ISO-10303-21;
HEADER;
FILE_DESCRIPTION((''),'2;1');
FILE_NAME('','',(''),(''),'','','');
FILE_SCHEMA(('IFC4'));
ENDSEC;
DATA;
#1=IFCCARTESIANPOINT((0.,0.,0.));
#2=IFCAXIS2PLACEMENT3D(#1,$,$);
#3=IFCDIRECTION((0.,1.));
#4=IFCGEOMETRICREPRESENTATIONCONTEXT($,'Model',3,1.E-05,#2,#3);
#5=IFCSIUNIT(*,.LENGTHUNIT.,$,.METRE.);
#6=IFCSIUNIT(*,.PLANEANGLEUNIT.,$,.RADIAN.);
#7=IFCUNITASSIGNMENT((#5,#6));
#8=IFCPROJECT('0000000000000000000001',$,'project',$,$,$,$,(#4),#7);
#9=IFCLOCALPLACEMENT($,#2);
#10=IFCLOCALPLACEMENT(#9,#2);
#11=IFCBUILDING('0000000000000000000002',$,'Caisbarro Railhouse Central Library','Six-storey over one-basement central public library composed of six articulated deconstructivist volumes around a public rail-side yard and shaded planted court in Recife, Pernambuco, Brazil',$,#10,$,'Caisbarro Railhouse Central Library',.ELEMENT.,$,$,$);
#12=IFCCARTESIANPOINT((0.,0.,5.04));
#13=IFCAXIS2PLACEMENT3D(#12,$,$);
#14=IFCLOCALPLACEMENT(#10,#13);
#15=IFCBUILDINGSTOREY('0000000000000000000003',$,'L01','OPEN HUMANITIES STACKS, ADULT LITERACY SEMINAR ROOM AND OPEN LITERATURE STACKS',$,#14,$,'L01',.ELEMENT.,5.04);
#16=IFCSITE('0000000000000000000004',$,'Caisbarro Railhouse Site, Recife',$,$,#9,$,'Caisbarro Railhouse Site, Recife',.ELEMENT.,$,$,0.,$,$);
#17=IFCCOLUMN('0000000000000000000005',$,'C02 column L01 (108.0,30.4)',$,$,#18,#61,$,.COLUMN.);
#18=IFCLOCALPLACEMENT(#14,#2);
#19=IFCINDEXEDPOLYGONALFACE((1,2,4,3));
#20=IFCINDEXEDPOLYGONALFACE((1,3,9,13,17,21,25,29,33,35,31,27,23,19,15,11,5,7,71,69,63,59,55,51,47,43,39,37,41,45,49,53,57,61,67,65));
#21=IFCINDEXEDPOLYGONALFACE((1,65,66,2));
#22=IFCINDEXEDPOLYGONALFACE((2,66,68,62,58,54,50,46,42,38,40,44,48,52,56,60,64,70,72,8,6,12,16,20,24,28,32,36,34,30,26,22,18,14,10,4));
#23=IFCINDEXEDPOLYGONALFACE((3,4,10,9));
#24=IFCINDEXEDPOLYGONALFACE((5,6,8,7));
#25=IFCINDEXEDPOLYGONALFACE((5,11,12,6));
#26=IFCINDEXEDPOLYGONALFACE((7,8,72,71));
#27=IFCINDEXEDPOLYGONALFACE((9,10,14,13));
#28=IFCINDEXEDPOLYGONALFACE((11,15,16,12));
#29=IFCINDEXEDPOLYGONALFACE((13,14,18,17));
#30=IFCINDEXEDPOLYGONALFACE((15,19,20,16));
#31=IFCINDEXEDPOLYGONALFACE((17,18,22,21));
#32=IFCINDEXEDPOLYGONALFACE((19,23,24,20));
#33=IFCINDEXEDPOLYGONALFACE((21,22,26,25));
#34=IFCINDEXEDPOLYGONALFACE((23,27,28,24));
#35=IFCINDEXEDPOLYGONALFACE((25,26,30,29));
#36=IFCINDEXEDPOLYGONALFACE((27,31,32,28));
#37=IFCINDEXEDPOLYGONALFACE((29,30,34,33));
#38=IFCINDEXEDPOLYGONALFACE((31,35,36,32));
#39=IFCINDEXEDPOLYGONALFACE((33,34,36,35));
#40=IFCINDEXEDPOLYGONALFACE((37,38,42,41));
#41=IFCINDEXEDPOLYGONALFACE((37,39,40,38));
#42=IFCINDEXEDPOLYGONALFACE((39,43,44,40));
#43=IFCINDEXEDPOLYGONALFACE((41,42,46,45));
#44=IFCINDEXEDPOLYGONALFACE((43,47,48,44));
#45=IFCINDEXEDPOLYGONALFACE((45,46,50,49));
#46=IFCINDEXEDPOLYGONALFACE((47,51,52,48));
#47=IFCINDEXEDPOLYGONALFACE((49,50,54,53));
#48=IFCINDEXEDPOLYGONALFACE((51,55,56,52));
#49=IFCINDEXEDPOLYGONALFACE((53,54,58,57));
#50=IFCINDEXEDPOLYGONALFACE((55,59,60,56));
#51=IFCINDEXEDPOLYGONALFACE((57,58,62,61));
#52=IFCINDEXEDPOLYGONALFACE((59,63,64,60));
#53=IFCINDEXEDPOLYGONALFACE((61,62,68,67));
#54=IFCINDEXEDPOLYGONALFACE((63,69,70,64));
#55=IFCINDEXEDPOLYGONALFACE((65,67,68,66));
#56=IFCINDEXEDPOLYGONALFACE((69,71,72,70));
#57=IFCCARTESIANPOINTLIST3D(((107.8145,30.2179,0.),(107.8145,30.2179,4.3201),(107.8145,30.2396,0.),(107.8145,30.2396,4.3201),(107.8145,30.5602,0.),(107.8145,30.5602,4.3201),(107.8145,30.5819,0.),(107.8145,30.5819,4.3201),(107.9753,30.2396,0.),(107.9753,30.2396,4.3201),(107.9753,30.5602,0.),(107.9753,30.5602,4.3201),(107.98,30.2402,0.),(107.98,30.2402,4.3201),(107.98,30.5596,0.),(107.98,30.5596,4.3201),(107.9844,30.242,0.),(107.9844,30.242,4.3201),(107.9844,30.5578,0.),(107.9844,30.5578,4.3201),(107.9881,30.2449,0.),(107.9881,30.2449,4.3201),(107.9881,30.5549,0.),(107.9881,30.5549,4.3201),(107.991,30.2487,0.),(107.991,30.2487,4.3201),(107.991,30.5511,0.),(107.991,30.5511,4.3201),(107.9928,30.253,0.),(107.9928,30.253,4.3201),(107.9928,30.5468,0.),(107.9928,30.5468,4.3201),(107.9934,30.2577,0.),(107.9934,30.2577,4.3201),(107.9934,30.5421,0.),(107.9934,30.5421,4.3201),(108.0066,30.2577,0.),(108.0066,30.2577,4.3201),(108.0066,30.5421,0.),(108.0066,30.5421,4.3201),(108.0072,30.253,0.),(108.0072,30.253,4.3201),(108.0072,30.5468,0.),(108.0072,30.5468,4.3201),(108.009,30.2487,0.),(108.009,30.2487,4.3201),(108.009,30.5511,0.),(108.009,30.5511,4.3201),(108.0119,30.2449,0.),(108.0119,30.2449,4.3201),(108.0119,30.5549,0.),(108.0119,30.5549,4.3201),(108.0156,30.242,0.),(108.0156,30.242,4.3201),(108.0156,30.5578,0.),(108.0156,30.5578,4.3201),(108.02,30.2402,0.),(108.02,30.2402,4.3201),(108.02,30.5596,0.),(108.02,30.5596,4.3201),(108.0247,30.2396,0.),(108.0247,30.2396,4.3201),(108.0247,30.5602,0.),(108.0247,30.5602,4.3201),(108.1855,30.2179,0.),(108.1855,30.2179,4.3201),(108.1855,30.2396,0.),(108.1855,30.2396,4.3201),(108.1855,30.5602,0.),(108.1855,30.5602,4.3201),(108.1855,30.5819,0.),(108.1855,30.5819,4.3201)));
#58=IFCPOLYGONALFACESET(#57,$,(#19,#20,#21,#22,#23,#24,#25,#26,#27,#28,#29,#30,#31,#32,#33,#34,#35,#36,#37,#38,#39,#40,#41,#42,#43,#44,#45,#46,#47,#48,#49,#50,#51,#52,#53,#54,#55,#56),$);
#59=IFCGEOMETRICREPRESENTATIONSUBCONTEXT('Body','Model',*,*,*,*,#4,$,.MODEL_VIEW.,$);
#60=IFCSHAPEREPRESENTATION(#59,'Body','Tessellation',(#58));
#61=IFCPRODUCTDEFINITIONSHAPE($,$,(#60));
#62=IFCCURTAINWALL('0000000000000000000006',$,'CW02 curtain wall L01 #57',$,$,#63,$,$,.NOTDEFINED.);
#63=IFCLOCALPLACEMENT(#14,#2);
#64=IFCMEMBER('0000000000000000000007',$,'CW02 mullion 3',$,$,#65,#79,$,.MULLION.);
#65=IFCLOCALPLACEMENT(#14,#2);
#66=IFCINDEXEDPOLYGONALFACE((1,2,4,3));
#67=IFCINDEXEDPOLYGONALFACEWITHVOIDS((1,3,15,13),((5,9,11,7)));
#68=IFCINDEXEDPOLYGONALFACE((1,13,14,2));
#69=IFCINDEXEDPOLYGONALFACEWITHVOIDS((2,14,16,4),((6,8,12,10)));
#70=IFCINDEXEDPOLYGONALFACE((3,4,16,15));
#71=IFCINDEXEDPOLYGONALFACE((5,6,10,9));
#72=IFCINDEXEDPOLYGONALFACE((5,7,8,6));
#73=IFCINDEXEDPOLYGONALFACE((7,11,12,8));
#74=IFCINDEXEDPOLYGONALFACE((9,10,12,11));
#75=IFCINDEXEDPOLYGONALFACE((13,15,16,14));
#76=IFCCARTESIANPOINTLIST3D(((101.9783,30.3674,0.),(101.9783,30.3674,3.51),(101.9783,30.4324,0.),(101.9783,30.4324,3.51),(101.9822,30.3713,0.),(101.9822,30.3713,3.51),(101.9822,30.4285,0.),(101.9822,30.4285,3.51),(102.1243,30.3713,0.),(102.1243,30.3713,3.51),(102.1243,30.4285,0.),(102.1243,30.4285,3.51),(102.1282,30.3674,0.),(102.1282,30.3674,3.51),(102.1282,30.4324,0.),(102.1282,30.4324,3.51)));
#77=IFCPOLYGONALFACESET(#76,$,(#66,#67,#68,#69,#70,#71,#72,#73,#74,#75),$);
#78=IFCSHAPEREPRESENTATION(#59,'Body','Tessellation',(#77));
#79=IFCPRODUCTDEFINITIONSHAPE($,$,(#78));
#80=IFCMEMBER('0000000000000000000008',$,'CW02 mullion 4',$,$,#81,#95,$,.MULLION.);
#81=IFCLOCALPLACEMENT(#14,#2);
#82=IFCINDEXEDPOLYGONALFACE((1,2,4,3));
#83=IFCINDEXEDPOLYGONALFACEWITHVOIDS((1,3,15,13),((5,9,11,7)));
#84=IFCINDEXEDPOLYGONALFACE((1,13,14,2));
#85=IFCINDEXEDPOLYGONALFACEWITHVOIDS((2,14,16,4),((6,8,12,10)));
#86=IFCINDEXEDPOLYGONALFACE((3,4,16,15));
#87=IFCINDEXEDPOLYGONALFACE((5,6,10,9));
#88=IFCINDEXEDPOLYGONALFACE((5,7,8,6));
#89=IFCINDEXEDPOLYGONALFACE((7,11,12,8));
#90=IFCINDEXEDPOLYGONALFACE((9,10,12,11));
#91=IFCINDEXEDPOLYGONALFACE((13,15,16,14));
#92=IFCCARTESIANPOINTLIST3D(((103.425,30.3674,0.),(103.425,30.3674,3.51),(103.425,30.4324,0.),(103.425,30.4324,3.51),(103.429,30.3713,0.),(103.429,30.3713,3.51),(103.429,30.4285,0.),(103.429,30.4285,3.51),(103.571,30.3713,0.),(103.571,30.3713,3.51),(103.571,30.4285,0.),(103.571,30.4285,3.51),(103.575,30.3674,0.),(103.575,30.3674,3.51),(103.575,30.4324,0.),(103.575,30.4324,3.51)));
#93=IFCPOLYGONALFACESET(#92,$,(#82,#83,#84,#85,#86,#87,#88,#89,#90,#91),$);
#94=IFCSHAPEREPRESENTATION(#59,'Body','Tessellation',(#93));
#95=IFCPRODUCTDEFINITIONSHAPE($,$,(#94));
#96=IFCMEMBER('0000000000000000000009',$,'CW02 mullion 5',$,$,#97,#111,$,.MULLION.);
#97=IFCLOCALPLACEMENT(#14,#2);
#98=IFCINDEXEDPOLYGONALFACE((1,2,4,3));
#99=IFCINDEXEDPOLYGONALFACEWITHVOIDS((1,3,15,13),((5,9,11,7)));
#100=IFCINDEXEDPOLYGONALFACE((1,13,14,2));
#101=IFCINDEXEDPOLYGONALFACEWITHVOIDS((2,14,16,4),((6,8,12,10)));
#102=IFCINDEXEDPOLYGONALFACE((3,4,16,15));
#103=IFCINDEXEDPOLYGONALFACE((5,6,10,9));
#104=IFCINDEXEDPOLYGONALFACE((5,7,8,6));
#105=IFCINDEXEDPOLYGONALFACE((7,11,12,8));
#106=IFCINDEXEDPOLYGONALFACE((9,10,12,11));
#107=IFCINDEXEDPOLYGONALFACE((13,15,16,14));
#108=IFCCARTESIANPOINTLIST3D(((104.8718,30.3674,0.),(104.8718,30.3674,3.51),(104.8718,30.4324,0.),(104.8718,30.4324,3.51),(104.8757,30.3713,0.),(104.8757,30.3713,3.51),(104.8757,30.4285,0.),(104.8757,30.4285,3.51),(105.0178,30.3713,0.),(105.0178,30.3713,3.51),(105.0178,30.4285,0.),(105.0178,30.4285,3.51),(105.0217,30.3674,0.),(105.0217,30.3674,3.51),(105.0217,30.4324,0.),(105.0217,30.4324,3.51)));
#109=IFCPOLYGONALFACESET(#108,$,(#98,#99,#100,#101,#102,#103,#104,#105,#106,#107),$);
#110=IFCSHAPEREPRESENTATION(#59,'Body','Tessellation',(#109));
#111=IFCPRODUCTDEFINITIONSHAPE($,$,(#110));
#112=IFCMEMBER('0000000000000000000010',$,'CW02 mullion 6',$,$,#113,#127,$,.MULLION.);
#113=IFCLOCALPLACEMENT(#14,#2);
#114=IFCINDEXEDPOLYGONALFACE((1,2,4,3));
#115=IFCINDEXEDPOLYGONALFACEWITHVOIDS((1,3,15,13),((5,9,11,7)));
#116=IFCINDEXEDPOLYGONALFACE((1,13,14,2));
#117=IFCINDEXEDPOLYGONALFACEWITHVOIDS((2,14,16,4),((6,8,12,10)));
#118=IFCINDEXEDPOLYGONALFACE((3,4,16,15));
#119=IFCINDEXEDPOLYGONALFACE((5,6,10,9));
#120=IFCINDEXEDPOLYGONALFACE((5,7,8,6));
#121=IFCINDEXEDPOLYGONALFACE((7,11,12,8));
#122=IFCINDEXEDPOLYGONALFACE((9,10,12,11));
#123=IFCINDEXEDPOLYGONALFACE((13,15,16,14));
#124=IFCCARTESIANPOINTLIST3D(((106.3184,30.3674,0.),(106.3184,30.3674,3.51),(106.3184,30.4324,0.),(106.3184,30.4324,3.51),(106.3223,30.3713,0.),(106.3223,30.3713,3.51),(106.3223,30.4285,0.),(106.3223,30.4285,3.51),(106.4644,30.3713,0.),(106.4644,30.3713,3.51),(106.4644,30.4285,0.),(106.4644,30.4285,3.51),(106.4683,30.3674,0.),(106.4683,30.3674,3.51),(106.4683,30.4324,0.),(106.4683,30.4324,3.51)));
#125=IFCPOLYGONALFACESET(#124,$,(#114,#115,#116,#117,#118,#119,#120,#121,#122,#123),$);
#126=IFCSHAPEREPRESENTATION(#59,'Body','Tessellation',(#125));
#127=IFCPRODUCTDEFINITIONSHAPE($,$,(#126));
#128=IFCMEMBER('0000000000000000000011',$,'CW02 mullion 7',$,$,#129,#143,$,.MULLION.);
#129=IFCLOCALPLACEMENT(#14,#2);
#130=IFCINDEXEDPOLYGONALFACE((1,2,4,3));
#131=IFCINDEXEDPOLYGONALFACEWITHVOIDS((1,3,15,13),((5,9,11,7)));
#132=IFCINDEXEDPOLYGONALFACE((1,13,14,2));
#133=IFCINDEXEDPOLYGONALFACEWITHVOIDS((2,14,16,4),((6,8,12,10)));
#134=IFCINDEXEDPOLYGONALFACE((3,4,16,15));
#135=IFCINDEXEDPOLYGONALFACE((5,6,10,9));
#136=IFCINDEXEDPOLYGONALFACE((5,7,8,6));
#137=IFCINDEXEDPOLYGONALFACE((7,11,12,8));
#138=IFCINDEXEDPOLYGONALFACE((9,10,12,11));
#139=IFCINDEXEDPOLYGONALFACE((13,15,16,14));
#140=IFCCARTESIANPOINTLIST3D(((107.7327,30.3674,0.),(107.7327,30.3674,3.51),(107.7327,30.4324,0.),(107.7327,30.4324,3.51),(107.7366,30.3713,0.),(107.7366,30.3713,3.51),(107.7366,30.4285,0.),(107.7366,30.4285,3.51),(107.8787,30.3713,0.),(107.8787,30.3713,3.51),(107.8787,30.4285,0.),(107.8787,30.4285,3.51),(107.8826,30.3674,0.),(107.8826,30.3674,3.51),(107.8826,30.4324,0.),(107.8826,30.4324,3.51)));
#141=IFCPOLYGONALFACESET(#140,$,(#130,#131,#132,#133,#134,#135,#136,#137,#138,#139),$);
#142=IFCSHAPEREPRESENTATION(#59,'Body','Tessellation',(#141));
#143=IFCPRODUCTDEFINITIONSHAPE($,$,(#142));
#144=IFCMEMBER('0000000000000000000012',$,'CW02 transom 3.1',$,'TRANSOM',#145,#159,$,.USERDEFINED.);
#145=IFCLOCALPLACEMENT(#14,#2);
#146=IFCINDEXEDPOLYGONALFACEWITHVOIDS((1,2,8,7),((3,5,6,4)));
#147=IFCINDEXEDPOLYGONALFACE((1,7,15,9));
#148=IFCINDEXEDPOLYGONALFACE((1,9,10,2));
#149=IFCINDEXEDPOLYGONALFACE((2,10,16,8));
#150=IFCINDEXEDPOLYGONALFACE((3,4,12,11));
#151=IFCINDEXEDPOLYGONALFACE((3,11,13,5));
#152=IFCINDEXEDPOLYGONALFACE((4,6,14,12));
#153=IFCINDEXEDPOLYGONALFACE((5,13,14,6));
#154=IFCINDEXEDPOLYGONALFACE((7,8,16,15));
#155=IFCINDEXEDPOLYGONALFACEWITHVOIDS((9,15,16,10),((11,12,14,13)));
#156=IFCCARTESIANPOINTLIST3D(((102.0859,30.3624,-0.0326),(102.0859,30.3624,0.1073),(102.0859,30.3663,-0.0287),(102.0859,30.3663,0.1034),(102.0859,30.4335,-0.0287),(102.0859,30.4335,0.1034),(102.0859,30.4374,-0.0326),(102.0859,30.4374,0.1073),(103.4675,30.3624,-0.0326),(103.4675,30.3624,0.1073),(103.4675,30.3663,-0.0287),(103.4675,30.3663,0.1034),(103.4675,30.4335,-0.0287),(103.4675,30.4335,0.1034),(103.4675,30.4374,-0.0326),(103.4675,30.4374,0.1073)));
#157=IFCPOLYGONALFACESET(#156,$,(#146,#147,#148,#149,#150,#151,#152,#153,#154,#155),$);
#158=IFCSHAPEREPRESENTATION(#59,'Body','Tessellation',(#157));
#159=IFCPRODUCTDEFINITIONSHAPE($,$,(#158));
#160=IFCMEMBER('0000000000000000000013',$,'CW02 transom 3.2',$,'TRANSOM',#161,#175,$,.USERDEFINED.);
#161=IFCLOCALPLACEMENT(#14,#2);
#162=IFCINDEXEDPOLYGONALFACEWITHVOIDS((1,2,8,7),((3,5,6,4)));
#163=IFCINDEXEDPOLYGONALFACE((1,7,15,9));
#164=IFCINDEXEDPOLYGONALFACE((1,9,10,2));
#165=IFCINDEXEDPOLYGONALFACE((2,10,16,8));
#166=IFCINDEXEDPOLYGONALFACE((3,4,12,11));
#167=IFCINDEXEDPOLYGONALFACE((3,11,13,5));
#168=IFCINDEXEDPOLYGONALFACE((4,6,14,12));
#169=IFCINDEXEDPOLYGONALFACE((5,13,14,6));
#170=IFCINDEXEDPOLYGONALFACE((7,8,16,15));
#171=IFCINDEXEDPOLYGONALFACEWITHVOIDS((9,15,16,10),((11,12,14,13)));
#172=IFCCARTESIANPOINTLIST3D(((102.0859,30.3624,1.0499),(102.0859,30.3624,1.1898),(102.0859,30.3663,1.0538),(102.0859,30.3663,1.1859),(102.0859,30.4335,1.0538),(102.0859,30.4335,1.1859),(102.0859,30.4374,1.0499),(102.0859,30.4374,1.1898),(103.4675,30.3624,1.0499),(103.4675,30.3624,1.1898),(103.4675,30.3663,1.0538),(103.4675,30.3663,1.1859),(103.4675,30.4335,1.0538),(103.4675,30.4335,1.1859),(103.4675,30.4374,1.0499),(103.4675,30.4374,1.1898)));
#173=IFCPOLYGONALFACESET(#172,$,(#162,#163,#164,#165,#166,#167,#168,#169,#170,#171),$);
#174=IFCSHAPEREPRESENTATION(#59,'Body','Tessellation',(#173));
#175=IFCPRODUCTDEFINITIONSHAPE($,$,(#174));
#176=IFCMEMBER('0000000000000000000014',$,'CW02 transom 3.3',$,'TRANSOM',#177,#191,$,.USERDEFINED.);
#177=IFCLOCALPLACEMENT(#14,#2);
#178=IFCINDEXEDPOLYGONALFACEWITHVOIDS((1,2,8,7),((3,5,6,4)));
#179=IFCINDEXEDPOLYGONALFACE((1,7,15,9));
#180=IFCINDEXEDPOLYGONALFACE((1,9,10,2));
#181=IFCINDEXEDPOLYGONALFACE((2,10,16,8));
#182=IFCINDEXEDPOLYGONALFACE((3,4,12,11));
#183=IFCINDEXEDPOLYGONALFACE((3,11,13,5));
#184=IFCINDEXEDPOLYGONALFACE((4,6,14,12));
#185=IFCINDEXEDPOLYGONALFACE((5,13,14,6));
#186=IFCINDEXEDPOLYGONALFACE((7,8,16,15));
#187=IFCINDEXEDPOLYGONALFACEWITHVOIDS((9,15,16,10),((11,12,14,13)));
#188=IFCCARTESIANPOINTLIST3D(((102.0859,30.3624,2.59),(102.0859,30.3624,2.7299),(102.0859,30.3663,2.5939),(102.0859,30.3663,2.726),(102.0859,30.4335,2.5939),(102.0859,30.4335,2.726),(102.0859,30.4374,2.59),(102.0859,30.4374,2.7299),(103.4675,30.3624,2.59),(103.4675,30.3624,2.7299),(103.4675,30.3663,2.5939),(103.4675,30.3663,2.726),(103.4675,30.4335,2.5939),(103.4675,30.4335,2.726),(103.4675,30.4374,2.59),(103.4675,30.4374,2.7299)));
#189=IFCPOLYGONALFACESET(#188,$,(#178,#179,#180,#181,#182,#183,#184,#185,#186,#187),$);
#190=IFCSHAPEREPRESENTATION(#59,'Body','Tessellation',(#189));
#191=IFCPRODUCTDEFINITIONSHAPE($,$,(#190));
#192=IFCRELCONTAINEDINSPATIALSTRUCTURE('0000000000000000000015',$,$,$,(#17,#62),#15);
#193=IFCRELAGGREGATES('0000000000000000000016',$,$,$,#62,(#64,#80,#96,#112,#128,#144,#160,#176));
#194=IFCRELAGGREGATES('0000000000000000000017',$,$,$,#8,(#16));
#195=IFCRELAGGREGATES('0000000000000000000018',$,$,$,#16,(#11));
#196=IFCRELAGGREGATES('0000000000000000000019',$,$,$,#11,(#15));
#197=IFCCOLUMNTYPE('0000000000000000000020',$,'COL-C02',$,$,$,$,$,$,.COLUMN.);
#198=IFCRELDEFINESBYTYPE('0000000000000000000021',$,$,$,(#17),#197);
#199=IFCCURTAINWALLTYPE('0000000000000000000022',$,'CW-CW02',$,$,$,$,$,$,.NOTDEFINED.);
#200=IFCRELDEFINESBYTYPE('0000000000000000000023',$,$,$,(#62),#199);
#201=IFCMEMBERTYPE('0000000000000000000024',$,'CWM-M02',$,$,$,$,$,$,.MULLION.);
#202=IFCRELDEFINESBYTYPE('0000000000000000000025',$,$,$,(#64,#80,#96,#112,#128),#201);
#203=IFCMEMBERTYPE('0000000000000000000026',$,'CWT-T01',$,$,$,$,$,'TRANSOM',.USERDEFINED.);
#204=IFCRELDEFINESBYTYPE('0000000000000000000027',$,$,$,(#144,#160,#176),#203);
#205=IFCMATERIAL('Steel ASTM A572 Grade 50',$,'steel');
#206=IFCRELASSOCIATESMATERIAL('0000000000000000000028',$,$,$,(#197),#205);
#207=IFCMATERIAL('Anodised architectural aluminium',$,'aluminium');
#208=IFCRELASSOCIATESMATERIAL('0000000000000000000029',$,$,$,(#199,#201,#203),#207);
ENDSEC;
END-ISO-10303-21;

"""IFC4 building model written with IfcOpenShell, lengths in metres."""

from ifc_helpers import new_model, si_unit, direction, frame, origin, origin_2d, place, context, subcontext, project, spatial, hollow_rectangle, i_section, extrude, material, material_profile, profile_set, type_object, element, aggregate, save


model = new_model("IFC4")

# Units and contexts
model_context = context("Model", 3, precision=1e-05, world=origin(), true_north=direction((0.0, 1.0)))
body_context = subcontext(model_context, "Body", "Model", "MODEL_VIEW")
ifc_project = project(units=[si_unit("LENGTHUNIT", "METRE"), si_unit("PLANEANGLEUNIT", "RADIAN")], contexts=[model_context])

# Site, building, storey
site_placement = place(None, origin())
site = spatial("IfcSite", under=ifc_project, at=site_placement, Name="Caisbarro Railhouse Site, Recife", LongName="Caisbarro Railhouse Site, Recife", CompositionType="ELEMENT", RefElevation=0.0)
building_placement = place(site_placement, origin())
building = spatial("IfcBuilding", under=site, at=building_placement, Name="Caisbarro Railhouse Central Library", Description="Six-storey over one-basement central public library composed of six articulated deconstructivist volumes around a public rail-side yard and shaded planted court in Recife, Pernambuco, Brazil", LongName="Caisbarro Railhouse Central Library", CompositionType="ELEMENT")
storey_placement = place(building_placement, frame((0.0, 0.0, 5.04)))
storey = spatial("IfcBuildingStorey", under=building, at=storey_placement, Name="L01", Description="OPEN HUMANITIES STACKS, ADULT LITERACY SEMINAR ROOM AND OPEN LITERATURE STACKS", LongName="L01", CompositionType="ELEMENT", Elevation=5.04)

# Column
ifc_material_1 = material(Name="Steel ASTM A572 Grade 50", Category="steel")
ifc_material_profile_1 = material_profile(ifc_material_1, i_section(OverallWidth=0.3711, OverallDepth=0.364, WebThickness=0.0132, FlangeThickness=0.0217, FilletRadius=0.0181, at=origin_2d()), Name="W360X162.0")
ifc_profile_set_1 = profile_set([ifc_material_profile_1], Name="Steel ASTM A572 Grade 50")
column_type = type_object("IfcColumnType", Name="COL-C02", PredefinedType="COLUMN", material=ifc_profile_set_1)
column_placement = place(storey_placement, frame((108.0, 30.3999, 0.0), z_axis=(0.0, 0.0, 1.0), x_axis=(1.0, 0.0, 0.0)))
element("IfcColumn", 1, at=column_placement, inside=storey, type_object=column_type, Name="C02 column L01 (108.0,30.4)", PredefinedType="COLUMN", context=body_context, shape_type="SweptSolid", body=[
    extrude(i_section(OverallWidth=0.3711, OverallDepth=0.364, WebThickness=0.0132, FlangeThickness=0.0217, FilletRadius=0.0181, at=origin_2d()), origin(), (0.0, 0.0, 1.0), 4.3201),
])

# Curtain wall, members
ifc_material_2 = material(Name="Anodised architectural aluminium", Category="aluminium")
curtain_wall_type = type_object("IfcCurtainWallType", Name="CW-CW02", PredefinedType="NOTDEFINED", material=ifc_material_2)
curtain_wall_placement = place(storey_placement, origin())
curtain_wall = element("IfcCurtainWall", 2, at=curtain_wall_placement, inside=storey, type_object=curtain_wall_type, Name="CW02 curtain wall L01 #57", PredefinedType="NOTDEFINED")
ifc_material_profile_2 = material_profile(ifc_material_2, hollow_rectangle(XDim=0.0649, YDim=0.1499, WallThickness=0.0039, at=origin_2d()), Name="ALU-MUL-65X150")
ifc_profile_set_2 = profile_set([ifc_material_profile_2], Name="Anodised architectural aluminium")
member_type_1 = type_object("IfcMemberType", Name="CWM-M02", PredefinedType="MULLION", material=ifc_profile_set_2)
member_1_placement = place(storey_placement, frame((102.0532, 30.3999, 0.0), z_axis=(0.0, 0.0, 1.0), x_axis=(0.0, 1.0, 0.0)))
member_1 = element("IfcMember", 3, at=member_1_placement, type_object=member_type_1, Name="CW02 mullion 3", PredefinedType="MULLION", context=body_context, shape_type="SweptSolid", body=[
    extrude(hollow_rectangle(XDim=0.0649, YDim=0.1499, WallThickness=0.0039, at=origin_2d()), origin(), (0.0, 0.0, 1.0), 3.51),
])
member_2_placement = place(storey_placement, frame((103.5, 30.3999, 0.0), z_axis=(0.0, 0.0, 1.0), x_axis=(0.0, 1.0, 0.0)))
member_2 = element("IfcMember", 4, at=member_2_placement, type_object=member_type_1, Name="CW02 mullion 4", PredefinedType="MULLION", context=body_context, shape_type="SweptSolid", body=[
    extrude(hollow_rectangle(XDim=0.0649, YDim=0.1499, WallThickness=0.0039, at=origin_2d()), origin(), (0.0, 0.0, 1.0), 3.51),
])
member_3_placement = place(storey_placement, frame((104.9468, 30.3999, 0.0), z_axis=(0.0, 0.0, 1.0), x_axis=(0.0, 1.0, 0.0)))
member_3 = element("IfcMember", 5, at=member_3_placement, type_object=member_type_1, Name="CW02 mullion 5", PredefinedType="MULLION", context=body_context, shape_type="SweptSolid", body=[
    extrude(hollow_rectangle(XDim=0.0649, YDim=0.1499, WallThickness=0.0039, at=origin_2d()), origin(), (0.0, 0.0, 1.0), 3.51),
])
member_4_placement = place(storey_placement, frame((106.3933, 30.3999, 0.0), z_axis=(0.0, 0.0, 1.0), x_axis=(0.0, 1.0, 0.0)))
member_4 = element("IfcMember", 6, at=member_4_placement, type_object=member_type_1, Name="CW02 mullion 6", PredefinedType="MULLION", context=body_context, shape_type="SweptSolid", body=[
    extrude(hollow_rectangle(XDim=0.0649, YDim=0.1499, WallThickness=0.0039, at=origin_2d()), origin(), (0.0, 0.0, 1.0), 3.51),
])
member_5_placement = place(storey_placement, frame((107.8076, 30.3999, 0.0), z_axis=(0.0, 0.0, 1.0), x_axis=(0.0, 1.0, 0.0)))
member_5 = element("IfcMember", 7, at=member_5_placement, type_object=member_type_1, Name="CW02 mullion 7", PredefinedType="MULLION", context=body_context, shape_type="SweptSolid", body=[
    extrude(hollow_rectangle(XDim=0.0649, YDim=0.1499, WallThickness=0.0039, at=origin_2d()), origin(), (0.0, 0.0, 1.0), 3.51),
])
ifc_material_profile_3 = material_profile(ifc_material_2, hollow_rectangle(XDim=0.075, YDim=0.1399, WallThickness=0.0039, at=origin_2d()), Name="ALU-TRN-75X140")
ifc_profile_set_3 = profile_set([ifc_material_profile_3], Name="Anodised architectural aluminium")
member_type_2 = type_object("IfcMemberType", Name="CWT-T01", ElementType="TRANSOM", PredefinedType="USERDEFINED", material=ifc_profile_set_3)
member_6_placement = place(storey_placement, frame((102.0859, 30.3999, 0.0374), z_axis=(1.0, 0.0, 0.0), x_axis=(0.0, 1.0, 0.0)))
member_6 = element("IfcMember", 8, at=member_6_placement, type_object=member_type_2, Name="CW02 transom 3.1", ObjectType="TRANSOM", PredefinedType="USERDEFINED", context=body_context, shape_type="SweptSolid", body=[
    extrude(hollow_rectangle(XDim=0.075, YDim=0.1399, WallThickness=0.0039, at=origin_2d()), origin(), (0.0, 0.0, 1.0), 1.3816),
])
member_7_placement = place(storey_placement, frame((102.0859, 30.3999, 1.1199), z_axis=(1.0, 0.0, 0.0), x_axis=(0.0, 1.0, 0.0)))
member_7 = element("IfcMember", 9, at=member_7_placement, type_object=member_type_2, Name="CW02 transom 3.2", ObjectType="TRANSOM", PredefinedType="USERDEFINED", context=body_context, shape_type="SweptSolid", body=[
    extrude(hollow_rectangle(XDim=0.075, YDim=0.1399, WallThickness=0.0039, at=origin_2d()), origin(), (0.0, 0.0, 1.0), 1.3816),
])
member_8_placement = place(storey_placement, frame((102.0859, 30.3999, 2.6599), z_axis=(1.0, 0.0, 0.0), x_axis=(0.0, 1.0, 0.0)))
member_8 = element("IfcMember", 10, at=member_8_placement, type_object=member_type_2, Name="CW02 transom 3.3", ObjectType="TRANSOM", PredefinedType="USERDEFINED", context=body_context, shape_type="SweptSolid", body=[
    extrude(hollow_rectangle(XDim=0.075, YDim=0.1399, WallThickness=0.0039, at=origin_2d()), origin(), (0.0, 0.0, 1.0), 1.3816),
])
aggregate(curtain_wall, [member_1, member_2, member_3, member_4, member_5, member_6, member_7, member_8])

save(model, "model.ifc")
